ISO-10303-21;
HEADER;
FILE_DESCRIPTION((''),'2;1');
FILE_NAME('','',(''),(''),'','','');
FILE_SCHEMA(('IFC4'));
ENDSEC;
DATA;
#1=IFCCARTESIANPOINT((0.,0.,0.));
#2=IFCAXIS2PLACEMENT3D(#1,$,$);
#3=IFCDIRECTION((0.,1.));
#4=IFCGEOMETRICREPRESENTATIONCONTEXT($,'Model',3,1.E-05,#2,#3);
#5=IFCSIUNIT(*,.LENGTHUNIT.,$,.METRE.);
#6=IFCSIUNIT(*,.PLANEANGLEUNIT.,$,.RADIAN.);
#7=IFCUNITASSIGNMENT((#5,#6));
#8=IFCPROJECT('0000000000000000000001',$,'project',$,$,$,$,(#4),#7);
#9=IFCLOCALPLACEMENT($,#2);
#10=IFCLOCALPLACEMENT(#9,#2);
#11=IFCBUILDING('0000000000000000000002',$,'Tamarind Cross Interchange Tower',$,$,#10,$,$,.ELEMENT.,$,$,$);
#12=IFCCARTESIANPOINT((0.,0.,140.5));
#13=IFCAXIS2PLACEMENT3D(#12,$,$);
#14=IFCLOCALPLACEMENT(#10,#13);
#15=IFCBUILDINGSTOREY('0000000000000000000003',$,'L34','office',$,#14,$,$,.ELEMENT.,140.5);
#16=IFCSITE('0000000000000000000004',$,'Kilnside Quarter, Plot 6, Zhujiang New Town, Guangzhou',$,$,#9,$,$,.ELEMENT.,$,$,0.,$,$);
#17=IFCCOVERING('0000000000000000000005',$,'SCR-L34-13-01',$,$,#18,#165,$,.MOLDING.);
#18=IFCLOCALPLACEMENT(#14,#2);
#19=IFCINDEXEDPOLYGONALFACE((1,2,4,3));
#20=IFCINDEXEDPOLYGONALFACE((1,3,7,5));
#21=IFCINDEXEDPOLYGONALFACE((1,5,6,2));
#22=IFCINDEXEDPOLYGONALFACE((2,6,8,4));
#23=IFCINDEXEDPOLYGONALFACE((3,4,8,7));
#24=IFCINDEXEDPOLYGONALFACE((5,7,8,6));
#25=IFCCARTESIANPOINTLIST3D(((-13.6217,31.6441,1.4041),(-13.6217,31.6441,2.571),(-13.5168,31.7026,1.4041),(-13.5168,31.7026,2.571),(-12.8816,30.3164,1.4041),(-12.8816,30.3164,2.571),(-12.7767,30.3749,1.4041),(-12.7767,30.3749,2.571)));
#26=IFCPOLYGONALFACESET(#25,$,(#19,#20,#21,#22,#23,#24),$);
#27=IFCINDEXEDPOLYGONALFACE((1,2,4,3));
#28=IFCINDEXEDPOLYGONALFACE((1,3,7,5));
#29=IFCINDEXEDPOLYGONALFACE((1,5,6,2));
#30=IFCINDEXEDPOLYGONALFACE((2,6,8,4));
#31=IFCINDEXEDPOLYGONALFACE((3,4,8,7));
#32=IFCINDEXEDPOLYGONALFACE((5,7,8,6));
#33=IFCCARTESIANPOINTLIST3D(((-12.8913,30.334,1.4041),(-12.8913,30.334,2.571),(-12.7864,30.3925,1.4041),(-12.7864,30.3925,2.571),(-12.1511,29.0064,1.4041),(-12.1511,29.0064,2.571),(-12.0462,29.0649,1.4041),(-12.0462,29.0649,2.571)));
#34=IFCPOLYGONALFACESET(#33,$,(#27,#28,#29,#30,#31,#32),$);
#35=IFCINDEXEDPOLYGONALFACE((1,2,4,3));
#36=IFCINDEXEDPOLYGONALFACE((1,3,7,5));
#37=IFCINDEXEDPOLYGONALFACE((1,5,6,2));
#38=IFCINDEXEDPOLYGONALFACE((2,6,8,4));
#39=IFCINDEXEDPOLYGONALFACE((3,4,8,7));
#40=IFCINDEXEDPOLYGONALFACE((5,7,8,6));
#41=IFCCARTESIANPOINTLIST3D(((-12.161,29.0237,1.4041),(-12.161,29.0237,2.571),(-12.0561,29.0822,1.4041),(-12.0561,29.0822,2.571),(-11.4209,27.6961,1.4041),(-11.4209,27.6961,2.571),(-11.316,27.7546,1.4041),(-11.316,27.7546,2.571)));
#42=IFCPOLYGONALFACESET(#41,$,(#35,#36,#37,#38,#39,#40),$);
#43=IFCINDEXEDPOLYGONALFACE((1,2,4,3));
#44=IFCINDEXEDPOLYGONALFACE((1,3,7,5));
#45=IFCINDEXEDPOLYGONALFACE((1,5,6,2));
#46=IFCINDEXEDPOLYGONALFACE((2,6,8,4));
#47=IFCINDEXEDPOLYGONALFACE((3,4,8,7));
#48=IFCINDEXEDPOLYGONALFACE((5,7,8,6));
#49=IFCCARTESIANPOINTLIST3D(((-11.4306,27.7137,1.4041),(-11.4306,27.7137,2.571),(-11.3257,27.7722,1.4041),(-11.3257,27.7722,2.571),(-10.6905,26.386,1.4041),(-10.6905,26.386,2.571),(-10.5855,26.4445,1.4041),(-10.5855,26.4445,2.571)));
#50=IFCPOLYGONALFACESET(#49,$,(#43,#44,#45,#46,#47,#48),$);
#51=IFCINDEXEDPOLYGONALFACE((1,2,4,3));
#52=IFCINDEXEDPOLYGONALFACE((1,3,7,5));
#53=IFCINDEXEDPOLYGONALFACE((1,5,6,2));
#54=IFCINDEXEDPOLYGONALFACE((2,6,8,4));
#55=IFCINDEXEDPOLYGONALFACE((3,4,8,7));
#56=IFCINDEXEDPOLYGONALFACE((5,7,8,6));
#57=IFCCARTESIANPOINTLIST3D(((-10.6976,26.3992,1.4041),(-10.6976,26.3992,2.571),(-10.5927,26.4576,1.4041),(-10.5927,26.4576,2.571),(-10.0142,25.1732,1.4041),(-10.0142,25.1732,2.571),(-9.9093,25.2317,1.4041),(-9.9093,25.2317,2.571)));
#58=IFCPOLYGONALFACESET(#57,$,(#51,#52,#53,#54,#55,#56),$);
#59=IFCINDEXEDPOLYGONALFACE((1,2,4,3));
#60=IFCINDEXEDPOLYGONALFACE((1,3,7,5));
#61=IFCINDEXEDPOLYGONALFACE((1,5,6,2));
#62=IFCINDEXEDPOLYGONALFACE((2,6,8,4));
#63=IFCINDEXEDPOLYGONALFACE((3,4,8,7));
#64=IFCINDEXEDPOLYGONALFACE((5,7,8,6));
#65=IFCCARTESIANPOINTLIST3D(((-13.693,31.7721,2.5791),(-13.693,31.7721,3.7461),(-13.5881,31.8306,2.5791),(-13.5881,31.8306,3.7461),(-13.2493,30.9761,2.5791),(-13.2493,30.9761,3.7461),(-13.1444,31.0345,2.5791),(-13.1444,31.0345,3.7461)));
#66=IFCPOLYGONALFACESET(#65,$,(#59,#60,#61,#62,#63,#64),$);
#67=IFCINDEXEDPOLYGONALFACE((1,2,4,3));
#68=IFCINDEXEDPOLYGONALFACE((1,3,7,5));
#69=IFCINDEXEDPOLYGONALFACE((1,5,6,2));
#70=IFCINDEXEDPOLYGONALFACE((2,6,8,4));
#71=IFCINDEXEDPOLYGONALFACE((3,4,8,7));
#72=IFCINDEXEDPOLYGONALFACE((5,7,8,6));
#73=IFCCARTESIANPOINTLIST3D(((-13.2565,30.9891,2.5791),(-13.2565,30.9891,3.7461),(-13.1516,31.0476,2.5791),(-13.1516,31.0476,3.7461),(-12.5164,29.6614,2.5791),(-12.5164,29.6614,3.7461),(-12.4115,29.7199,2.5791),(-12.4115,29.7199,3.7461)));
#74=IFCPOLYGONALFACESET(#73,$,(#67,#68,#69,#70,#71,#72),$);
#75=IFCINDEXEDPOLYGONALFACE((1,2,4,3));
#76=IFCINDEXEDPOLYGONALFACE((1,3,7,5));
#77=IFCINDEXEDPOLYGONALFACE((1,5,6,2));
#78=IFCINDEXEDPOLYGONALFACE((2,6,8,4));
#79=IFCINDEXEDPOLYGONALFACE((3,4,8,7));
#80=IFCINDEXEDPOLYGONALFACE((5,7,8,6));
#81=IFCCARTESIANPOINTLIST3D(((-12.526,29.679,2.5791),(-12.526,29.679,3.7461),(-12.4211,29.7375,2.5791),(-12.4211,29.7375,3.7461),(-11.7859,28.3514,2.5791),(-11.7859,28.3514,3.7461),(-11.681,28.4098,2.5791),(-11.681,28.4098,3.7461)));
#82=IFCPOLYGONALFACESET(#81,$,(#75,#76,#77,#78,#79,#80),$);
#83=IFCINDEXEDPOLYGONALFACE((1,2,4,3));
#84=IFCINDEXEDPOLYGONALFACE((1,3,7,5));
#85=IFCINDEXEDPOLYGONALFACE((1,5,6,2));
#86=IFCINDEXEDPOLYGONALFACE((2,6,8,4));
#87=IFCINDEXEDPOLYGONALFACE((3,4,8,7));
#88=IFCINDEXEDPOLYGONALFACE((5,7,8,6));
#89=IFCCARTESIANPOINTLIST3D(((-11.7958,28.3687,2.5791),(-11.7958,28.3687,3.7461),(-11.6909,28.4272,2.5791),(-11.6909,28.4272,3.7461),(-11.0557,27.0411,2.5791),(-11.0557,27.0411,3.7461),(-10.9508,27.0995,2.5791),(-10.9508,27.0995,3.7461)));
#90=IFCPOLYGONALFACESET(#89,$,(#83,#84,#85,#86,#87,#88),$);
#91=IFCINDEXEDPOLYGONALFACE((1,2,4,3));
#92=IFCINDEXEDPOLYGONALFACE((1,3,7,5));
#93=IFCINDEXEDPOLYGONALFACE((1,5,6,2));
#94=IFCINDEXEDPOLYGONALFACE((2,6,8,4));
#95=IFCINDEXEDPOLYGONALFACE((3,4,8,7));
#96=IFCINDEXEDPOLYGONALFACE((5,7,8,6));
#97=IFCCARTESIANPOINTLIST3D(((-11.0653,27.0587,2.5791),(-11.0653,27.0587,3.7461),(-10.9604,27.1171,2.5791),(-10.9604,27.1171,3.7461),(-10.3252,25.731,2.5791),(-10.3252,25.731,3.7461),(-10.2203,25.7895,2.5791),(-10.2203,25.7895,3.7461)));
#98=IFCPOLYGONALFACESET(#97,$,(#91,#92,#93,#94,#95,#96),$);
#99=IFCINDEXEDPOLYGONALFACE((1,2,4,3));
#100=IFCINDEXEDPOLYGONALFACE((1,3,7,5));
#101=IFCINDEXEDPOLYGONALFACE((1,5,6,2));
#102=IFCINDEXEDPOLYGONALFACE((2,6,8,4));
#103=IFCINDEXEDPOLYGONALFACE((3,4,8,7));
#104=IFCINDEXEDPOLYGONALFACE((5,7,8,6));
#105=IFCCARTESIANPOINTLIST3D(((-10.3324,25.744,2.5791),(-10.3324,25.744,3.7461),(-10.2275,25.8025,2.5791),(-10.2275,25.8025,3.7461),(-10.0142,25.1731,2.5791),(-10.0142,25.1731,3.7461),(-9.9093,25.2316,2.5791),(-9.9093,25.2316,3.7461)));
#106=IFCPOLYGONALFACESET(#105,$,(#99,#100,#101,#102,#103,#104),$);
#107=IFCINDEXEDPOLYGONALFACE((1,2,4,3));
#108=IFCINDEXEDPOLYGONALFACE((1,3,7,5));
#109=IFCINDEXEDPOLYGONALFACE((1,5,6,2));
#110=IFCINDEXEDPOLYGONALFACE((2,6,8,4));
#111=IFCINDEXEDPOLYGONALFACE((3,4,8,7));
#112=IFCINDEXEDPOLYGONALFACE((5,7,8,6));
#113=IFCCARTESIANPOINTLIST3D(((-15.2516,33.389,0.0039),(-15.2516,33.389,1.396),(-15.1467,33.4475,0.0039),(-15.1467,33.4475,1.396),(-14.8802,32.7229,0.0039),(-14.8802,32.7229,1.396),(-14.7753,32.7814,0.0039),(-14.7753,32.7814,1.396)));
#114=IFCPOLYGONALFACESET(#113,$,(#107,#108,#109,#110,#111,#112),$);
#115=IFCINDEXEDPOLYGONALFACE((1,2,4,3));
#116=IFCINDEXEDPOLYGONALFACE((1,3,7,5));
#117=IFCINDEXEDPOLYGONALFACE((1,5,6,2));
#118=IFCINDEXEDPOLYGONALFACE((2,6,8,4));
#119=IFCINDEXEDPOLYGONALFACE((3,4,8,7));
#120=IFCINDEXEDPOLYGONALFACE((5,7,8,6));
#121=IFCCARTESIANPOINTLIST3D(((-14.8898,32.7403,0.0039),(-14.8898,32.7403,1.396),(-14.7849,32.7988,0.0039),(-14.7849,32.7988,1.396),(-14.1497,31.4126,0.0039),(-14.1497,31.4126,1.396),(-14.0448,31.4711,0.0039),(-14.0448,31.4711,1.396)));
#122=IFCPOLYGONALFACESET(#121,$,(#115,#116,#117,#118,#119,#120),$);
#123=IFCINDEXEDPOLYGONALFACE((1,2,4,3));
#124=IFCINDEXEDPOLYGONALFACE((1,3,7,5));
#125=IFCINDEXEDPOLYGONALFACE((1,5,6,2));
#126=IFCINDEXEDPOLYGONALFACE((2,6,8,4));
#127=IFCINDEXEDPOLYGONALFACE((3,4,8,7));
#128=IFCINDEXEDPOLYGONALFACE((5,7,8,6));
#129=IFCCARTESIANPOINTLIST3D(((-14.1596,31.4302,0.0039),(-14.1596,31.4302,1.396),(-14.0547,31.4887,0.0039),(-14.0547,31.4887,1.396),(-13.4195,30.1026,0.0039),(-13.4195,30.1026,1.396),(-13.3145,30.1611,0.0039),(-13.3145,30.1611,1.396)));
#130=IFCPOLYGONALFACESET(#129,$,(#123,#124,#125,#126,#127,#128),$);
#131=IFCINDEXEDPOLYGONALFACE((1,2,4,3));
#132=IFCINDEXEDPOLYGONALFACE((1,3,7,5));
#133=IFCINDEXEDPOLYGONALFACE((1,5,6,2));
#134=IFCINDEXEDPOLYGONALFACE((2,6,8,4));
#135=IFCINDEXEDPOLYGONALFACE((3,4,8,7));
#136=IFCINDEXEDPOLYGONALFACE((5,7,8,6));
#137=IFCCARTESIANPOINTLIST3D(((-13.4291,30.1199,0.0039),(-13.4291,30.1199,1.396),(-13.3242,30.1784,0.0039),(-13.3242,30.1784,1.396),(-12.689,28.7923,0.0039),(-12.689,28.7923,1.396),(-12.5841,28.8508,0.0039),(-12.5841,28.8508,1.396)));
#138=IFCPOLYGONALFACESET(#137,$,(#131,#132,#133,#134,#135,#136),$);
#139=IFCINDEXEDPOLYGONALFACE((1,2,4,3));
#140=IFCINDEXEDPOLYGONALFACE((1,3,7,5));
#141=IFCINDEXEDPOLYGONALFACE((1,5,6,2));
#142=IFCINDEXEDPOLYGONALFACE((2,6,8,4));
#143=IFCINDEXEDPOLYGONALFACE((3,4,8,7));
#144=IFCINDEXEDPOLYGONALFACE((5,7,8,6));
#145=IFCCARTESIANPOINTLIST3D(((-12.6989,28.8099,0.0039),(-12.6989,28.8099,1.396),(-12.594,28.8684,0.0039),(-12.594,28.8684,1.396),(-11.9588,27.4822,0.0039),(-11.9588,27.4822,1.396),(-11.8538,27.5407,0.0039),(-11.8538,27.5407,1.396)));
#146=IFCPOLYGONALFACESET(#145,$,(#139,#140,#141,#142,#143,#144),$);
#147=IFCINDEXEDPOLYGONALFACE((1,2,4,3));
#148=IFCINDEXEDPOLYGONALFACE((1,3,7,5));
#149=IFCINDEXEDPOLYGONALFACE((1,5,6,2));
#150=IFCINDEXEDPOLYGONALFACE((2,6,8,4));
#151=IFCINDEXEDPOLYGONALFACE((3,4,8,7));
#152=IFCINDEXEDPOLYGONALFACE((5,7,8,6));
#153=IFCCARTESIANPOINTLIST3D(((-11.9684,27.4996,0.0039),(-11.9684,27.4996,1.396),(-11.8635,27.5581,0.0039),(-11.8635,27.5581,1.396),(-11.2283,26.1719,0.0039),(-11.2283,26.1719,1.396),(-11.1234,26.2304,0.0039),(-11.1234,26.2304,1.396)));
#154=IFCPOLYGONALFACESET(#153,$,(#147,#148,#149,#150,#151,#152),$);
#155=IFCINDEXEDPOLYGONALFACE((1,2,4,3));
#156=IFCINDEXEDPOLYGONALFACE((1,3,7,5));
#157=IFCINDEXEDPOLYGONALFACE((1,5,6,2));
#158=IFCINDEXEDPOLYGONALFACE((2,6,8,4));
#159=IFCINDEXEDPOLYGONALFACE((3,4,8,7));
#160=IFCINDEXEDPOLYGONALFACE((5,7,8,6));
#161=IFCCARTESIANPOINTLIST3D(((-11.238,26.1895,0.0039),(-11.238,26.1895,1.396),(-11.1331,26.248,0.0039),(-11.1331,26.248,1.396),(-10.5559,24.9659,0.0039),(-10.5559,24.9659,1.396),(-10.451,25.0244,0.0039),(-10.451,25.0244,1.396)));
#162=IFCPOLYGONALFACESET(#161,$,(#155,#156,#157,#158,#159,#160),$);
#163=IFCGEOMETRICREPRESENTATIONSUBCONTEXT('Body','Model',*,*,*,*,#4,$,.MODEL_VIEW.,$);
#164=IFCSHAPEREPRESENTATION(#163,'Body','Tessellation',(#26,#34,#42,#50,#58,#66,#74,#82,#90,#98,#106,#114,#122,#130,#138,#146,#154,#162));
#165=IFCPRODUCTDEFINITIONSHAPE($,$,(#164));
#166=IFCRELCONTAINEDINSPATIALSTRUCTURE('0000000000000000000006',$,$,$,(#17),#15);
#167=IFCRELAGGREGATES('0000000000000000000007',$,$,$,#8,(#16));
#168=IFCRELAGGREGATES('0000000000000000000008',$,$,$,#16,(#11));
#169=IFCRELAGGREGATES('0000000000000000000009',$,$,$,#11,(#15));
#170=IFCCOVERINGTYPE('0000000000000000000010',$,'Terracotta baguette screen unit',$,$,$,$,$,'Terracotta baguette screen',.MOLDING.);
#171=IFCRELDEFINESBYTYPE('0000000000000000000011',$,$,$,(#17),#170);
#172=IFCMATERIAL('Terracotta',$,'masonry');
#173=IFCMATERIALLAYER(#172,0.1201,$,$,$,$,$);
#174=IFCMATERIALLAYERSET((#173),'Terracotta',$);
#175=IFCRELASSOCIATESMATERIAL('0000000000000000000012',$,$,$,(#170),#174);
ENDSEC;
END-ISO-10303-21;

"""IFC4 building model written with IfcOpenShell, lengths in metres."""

from ifc_helpers import new_model, si_unit, direction, frame, origin, origin_2d, place, context, subcontext, project, spatial, rectangle, extrude, material, layer, layer_set, type_object, element, save


model = new_model("IFC4")

# Units and contexts
model_context = context("Model", 3, precision=1e-05, world=origin(), true_north=direction((0.0, 1.0)))
body_context = subcontext(model_context, "Body", "Model", "MODEL_VIEW")
ifc_project = project(units=[si_unit("LENGTHUNIT", "METRE"), si_unit("PLANEANGLEUNIT", "RADIAN")], contexts=[model_context])

# Site, building, storey
site_placement = place(None, origin())
site = spatial("IfcSite", under=ifc_project, at=site_placement, Name="Kilnside Quarter, Plot 6, Zhujiang New Town, Guangzhou", CompositionType="ELEMENT", RefElevation=0.0)
building_placement = place(site_placement, origin())
building = spatial("IfcBuilding", under=site, at=building_placement, Name="Tamarind Cross Interchange Tower", CompositionType="ELEMENT")
storey_placement = place(building_placement, frame((0.0, 0.0, 140.5)))
storey = spatial("IfcBuildingStorey", under=building, at=storey_placement, Name="L34", Description="office", CompositionType="ELEMENT", Elevation=140.5)

# Covering
ifc_material_1 = material(Name="Terracotta", Category="masonry")
ifc_layer_1 = layer(ifc_material_1, 0.1201)
ifc_layer_set_1 = layer_set([ifc_layer_1], Name="Terracotta")
covering_type = type_object("IfcCoveringType", Name="Terracotta baguette screen unit", ElementType="Terracotta baguette screen", PredefinedType="MOLDING", material=ifc_layer_set_1)
covering_1_placement = place(storey_placement, origin())
element("IfcCovering", 1, at=covering_1_placement, inside=storey, type_object=covering_type, Name="SCR-L34-13-01", PredefinedType="MOLDING", context=body_context, shape_type="SweptSolid", body=[
    extrude(rectangle(XDim=1.52, YDim=0.1201, at=origin_2d()), frame((-13.1992, 31.0095, 1.4041), z_axis=(0.0, 0.0, 1.0), x_axis=(0.486915, -0.87345, 0.0)), (0.0, 0.0, 1.0), 1.167),
    extrude(rectangle(XDim=1.52, YDim=0.1201, at=origin_2d()), frame((-12.4688, 29.6995, 1.4041), z_axis=(0.0, 0.0, 1.0), x_axis=(0.486915, -0.87345, 0.0)), (0.0, 0.0, 1.0), 1.167),
    extrude(rectangle(XDim=1.52, YDim=0.1201, at=origin_2d()), frame((-11.7385, 28.3892, 1.4041), z_axis=(0.0, 0.0, 1.0), x_axis=(0.486915, -0.87345, 0.0)), (0.0, 0.0, 1.0), 1.167),
    extrude(rectangle(XDim=1.52, YDim=0.1201, at=origin_2d()), frame((-11.0081, 27.0791, 1.4041), z_axis=(0.0, 0.0, 1.0), x_axis=(0.486915, -0.87345, 0.0)), (0.0, 0.0, 1.0), 1.167),
    extrude(rectangle(XDim=1.4036, YDim=0.1201, at=origin_2d()), frame((-10.3035, 25.8154, 1.4041), z_axis=(0.0, 0.0, 1.0), x_axis=(0.486915, -0.87345, 0.0)), (0.0, 0.0, 1.0), 1.167),
    extrude(rectangle(XDim=0.9114, YDim=0.1201, at=origin_2d()), frame((-13.4187, 31.4033, 2.5791), z_axis=(0.0, 0.0, 1.0), x_axis=(0.486915, -0.87345, 0.0)), (0.0, 0.0, 1.0), 1.167),
    extrude(rectangle(XDim=1.52, YDim=0.1201, at=origin_2d()), frame((-12.834, 30.3545, 2.5791), z_axis=(0.0, 0.0, 1.0), x_axis=(0.486915, -0.87345, 0.0)), (0.0, 0.0, 1.0), 1.167),
    extrude(rectangle(XDim=1.52, YDim=0.1201, at=origin_2d()), frame((-12.1035, 29.0444, 2.5791), z_axis=(0.0, 0.0, 1.0), x_axis=(0.486915, -0.87345, 0.0)), (0.0, 0.0, 1.0), 1.167),
    extrude(rectangle(XDim=1.52, YDim=0.1201, at=origin_2d()), frame((-11.3733, 27.7341, 2.5791), z_axis=(0.0, 0.0, 1.0), x_axis=(0.486915, -0.87345, 0.0)), (0.0, 0.0, 1.0), 1.167),
    extrude(rectangle(XDim=1.52, YDim=0.1201, at=origin_2d()), frame((-10.6428, 26.4241, 2.5791), z_axis=(0.0, 0.0, 1.0), x_axis=(0.486915, -0.87345, 0.0)), (0.0, 0.0, 1.0), 1.167),
    extrude(rectangle(XDim=0.6536, YDim=0.1201, at=origin_2d()), frame((-10.1208, 25.4878, 2.5791), z_axis=(0.0, 0.0, 1.0), x_axis=(0.486915, -0.87345, 0.0)), (0.0, 0.0, 1.0), 1.167),
    extrude(rectangle(XDim=0.7627, YDim=0.1201, at=origin_2d()), frame((-15.0134, 33.0852, 0.0039), z_axis=(0.0, 0.0, 1.0), x_axis=(0.486915, -0.87345, 0.0)), (0.0, 0.0, 1.0), 1.3921),
    extrude(rectangle(XDim=1.52, YDim=0.1201, at=origin_2d()), frame((-14.4673, 32.1057, 0.0039), z_axis=(0.0, 0.0, 1.0), x_axis=(0.486915, -0.87345, 0.0)), (0.0, 0.0, 1.0), 1.3921),
    extrude(rectangle(XDim=1.52, YDim=0.1201, at=origin_2d()), frame((-13.7371, 30.7957, 0.0039), z_axis=(0.0, 0.0, 1.0), x_axis=(0.486915, -0.87345, 0.0)), (0.0, 0.0, 1.0), 1.3921),
    extrude(rectangle(XDim=1.52, YDim=0.1201, at=origin_2d()), frame((-13.0066, 29.4854, 0.0039), z_axis=(0.0, 0.0, 1.0), x_axis=(0.486915, -0.87345, 0.0)), (0.0, 0.0, 1.0), 1.3921),
    extrude(rectangle(XDim=1.52, YDim=0.1201, at=origin_2d()), frame((-12.2764, 28.1753, 0.0039), z_axis=(0.0, 0.0, 1.0), x_axis=(0.486915, -0.87345, 0.0)), (0.0, 0.0, 1.0), 1.3921),
    extrude(rectangle(XDim=1.52, YDim=0.1201, at=origin_2d()), frame((-11.5459, 26.865, 0.0039), z_axis=(0.0, 0.0, 1.0), x_axis=(0.486915, -0.87345, 0.0)), (0.0, 0.0, 1.0), 1.3921),
    extrude(rectangle(XDim=1.4009, YDim=0.1201, at=origin_2d()), frame((-10.8445, 25.6069, 0.0039), z_axis=(0.0, 0.0, 1.0), x_axis=(0.486915, -0.87345, 0.0)), (0.0, 0.0, 1.0), 1.3921),
])

save(model, "model.ifc")
